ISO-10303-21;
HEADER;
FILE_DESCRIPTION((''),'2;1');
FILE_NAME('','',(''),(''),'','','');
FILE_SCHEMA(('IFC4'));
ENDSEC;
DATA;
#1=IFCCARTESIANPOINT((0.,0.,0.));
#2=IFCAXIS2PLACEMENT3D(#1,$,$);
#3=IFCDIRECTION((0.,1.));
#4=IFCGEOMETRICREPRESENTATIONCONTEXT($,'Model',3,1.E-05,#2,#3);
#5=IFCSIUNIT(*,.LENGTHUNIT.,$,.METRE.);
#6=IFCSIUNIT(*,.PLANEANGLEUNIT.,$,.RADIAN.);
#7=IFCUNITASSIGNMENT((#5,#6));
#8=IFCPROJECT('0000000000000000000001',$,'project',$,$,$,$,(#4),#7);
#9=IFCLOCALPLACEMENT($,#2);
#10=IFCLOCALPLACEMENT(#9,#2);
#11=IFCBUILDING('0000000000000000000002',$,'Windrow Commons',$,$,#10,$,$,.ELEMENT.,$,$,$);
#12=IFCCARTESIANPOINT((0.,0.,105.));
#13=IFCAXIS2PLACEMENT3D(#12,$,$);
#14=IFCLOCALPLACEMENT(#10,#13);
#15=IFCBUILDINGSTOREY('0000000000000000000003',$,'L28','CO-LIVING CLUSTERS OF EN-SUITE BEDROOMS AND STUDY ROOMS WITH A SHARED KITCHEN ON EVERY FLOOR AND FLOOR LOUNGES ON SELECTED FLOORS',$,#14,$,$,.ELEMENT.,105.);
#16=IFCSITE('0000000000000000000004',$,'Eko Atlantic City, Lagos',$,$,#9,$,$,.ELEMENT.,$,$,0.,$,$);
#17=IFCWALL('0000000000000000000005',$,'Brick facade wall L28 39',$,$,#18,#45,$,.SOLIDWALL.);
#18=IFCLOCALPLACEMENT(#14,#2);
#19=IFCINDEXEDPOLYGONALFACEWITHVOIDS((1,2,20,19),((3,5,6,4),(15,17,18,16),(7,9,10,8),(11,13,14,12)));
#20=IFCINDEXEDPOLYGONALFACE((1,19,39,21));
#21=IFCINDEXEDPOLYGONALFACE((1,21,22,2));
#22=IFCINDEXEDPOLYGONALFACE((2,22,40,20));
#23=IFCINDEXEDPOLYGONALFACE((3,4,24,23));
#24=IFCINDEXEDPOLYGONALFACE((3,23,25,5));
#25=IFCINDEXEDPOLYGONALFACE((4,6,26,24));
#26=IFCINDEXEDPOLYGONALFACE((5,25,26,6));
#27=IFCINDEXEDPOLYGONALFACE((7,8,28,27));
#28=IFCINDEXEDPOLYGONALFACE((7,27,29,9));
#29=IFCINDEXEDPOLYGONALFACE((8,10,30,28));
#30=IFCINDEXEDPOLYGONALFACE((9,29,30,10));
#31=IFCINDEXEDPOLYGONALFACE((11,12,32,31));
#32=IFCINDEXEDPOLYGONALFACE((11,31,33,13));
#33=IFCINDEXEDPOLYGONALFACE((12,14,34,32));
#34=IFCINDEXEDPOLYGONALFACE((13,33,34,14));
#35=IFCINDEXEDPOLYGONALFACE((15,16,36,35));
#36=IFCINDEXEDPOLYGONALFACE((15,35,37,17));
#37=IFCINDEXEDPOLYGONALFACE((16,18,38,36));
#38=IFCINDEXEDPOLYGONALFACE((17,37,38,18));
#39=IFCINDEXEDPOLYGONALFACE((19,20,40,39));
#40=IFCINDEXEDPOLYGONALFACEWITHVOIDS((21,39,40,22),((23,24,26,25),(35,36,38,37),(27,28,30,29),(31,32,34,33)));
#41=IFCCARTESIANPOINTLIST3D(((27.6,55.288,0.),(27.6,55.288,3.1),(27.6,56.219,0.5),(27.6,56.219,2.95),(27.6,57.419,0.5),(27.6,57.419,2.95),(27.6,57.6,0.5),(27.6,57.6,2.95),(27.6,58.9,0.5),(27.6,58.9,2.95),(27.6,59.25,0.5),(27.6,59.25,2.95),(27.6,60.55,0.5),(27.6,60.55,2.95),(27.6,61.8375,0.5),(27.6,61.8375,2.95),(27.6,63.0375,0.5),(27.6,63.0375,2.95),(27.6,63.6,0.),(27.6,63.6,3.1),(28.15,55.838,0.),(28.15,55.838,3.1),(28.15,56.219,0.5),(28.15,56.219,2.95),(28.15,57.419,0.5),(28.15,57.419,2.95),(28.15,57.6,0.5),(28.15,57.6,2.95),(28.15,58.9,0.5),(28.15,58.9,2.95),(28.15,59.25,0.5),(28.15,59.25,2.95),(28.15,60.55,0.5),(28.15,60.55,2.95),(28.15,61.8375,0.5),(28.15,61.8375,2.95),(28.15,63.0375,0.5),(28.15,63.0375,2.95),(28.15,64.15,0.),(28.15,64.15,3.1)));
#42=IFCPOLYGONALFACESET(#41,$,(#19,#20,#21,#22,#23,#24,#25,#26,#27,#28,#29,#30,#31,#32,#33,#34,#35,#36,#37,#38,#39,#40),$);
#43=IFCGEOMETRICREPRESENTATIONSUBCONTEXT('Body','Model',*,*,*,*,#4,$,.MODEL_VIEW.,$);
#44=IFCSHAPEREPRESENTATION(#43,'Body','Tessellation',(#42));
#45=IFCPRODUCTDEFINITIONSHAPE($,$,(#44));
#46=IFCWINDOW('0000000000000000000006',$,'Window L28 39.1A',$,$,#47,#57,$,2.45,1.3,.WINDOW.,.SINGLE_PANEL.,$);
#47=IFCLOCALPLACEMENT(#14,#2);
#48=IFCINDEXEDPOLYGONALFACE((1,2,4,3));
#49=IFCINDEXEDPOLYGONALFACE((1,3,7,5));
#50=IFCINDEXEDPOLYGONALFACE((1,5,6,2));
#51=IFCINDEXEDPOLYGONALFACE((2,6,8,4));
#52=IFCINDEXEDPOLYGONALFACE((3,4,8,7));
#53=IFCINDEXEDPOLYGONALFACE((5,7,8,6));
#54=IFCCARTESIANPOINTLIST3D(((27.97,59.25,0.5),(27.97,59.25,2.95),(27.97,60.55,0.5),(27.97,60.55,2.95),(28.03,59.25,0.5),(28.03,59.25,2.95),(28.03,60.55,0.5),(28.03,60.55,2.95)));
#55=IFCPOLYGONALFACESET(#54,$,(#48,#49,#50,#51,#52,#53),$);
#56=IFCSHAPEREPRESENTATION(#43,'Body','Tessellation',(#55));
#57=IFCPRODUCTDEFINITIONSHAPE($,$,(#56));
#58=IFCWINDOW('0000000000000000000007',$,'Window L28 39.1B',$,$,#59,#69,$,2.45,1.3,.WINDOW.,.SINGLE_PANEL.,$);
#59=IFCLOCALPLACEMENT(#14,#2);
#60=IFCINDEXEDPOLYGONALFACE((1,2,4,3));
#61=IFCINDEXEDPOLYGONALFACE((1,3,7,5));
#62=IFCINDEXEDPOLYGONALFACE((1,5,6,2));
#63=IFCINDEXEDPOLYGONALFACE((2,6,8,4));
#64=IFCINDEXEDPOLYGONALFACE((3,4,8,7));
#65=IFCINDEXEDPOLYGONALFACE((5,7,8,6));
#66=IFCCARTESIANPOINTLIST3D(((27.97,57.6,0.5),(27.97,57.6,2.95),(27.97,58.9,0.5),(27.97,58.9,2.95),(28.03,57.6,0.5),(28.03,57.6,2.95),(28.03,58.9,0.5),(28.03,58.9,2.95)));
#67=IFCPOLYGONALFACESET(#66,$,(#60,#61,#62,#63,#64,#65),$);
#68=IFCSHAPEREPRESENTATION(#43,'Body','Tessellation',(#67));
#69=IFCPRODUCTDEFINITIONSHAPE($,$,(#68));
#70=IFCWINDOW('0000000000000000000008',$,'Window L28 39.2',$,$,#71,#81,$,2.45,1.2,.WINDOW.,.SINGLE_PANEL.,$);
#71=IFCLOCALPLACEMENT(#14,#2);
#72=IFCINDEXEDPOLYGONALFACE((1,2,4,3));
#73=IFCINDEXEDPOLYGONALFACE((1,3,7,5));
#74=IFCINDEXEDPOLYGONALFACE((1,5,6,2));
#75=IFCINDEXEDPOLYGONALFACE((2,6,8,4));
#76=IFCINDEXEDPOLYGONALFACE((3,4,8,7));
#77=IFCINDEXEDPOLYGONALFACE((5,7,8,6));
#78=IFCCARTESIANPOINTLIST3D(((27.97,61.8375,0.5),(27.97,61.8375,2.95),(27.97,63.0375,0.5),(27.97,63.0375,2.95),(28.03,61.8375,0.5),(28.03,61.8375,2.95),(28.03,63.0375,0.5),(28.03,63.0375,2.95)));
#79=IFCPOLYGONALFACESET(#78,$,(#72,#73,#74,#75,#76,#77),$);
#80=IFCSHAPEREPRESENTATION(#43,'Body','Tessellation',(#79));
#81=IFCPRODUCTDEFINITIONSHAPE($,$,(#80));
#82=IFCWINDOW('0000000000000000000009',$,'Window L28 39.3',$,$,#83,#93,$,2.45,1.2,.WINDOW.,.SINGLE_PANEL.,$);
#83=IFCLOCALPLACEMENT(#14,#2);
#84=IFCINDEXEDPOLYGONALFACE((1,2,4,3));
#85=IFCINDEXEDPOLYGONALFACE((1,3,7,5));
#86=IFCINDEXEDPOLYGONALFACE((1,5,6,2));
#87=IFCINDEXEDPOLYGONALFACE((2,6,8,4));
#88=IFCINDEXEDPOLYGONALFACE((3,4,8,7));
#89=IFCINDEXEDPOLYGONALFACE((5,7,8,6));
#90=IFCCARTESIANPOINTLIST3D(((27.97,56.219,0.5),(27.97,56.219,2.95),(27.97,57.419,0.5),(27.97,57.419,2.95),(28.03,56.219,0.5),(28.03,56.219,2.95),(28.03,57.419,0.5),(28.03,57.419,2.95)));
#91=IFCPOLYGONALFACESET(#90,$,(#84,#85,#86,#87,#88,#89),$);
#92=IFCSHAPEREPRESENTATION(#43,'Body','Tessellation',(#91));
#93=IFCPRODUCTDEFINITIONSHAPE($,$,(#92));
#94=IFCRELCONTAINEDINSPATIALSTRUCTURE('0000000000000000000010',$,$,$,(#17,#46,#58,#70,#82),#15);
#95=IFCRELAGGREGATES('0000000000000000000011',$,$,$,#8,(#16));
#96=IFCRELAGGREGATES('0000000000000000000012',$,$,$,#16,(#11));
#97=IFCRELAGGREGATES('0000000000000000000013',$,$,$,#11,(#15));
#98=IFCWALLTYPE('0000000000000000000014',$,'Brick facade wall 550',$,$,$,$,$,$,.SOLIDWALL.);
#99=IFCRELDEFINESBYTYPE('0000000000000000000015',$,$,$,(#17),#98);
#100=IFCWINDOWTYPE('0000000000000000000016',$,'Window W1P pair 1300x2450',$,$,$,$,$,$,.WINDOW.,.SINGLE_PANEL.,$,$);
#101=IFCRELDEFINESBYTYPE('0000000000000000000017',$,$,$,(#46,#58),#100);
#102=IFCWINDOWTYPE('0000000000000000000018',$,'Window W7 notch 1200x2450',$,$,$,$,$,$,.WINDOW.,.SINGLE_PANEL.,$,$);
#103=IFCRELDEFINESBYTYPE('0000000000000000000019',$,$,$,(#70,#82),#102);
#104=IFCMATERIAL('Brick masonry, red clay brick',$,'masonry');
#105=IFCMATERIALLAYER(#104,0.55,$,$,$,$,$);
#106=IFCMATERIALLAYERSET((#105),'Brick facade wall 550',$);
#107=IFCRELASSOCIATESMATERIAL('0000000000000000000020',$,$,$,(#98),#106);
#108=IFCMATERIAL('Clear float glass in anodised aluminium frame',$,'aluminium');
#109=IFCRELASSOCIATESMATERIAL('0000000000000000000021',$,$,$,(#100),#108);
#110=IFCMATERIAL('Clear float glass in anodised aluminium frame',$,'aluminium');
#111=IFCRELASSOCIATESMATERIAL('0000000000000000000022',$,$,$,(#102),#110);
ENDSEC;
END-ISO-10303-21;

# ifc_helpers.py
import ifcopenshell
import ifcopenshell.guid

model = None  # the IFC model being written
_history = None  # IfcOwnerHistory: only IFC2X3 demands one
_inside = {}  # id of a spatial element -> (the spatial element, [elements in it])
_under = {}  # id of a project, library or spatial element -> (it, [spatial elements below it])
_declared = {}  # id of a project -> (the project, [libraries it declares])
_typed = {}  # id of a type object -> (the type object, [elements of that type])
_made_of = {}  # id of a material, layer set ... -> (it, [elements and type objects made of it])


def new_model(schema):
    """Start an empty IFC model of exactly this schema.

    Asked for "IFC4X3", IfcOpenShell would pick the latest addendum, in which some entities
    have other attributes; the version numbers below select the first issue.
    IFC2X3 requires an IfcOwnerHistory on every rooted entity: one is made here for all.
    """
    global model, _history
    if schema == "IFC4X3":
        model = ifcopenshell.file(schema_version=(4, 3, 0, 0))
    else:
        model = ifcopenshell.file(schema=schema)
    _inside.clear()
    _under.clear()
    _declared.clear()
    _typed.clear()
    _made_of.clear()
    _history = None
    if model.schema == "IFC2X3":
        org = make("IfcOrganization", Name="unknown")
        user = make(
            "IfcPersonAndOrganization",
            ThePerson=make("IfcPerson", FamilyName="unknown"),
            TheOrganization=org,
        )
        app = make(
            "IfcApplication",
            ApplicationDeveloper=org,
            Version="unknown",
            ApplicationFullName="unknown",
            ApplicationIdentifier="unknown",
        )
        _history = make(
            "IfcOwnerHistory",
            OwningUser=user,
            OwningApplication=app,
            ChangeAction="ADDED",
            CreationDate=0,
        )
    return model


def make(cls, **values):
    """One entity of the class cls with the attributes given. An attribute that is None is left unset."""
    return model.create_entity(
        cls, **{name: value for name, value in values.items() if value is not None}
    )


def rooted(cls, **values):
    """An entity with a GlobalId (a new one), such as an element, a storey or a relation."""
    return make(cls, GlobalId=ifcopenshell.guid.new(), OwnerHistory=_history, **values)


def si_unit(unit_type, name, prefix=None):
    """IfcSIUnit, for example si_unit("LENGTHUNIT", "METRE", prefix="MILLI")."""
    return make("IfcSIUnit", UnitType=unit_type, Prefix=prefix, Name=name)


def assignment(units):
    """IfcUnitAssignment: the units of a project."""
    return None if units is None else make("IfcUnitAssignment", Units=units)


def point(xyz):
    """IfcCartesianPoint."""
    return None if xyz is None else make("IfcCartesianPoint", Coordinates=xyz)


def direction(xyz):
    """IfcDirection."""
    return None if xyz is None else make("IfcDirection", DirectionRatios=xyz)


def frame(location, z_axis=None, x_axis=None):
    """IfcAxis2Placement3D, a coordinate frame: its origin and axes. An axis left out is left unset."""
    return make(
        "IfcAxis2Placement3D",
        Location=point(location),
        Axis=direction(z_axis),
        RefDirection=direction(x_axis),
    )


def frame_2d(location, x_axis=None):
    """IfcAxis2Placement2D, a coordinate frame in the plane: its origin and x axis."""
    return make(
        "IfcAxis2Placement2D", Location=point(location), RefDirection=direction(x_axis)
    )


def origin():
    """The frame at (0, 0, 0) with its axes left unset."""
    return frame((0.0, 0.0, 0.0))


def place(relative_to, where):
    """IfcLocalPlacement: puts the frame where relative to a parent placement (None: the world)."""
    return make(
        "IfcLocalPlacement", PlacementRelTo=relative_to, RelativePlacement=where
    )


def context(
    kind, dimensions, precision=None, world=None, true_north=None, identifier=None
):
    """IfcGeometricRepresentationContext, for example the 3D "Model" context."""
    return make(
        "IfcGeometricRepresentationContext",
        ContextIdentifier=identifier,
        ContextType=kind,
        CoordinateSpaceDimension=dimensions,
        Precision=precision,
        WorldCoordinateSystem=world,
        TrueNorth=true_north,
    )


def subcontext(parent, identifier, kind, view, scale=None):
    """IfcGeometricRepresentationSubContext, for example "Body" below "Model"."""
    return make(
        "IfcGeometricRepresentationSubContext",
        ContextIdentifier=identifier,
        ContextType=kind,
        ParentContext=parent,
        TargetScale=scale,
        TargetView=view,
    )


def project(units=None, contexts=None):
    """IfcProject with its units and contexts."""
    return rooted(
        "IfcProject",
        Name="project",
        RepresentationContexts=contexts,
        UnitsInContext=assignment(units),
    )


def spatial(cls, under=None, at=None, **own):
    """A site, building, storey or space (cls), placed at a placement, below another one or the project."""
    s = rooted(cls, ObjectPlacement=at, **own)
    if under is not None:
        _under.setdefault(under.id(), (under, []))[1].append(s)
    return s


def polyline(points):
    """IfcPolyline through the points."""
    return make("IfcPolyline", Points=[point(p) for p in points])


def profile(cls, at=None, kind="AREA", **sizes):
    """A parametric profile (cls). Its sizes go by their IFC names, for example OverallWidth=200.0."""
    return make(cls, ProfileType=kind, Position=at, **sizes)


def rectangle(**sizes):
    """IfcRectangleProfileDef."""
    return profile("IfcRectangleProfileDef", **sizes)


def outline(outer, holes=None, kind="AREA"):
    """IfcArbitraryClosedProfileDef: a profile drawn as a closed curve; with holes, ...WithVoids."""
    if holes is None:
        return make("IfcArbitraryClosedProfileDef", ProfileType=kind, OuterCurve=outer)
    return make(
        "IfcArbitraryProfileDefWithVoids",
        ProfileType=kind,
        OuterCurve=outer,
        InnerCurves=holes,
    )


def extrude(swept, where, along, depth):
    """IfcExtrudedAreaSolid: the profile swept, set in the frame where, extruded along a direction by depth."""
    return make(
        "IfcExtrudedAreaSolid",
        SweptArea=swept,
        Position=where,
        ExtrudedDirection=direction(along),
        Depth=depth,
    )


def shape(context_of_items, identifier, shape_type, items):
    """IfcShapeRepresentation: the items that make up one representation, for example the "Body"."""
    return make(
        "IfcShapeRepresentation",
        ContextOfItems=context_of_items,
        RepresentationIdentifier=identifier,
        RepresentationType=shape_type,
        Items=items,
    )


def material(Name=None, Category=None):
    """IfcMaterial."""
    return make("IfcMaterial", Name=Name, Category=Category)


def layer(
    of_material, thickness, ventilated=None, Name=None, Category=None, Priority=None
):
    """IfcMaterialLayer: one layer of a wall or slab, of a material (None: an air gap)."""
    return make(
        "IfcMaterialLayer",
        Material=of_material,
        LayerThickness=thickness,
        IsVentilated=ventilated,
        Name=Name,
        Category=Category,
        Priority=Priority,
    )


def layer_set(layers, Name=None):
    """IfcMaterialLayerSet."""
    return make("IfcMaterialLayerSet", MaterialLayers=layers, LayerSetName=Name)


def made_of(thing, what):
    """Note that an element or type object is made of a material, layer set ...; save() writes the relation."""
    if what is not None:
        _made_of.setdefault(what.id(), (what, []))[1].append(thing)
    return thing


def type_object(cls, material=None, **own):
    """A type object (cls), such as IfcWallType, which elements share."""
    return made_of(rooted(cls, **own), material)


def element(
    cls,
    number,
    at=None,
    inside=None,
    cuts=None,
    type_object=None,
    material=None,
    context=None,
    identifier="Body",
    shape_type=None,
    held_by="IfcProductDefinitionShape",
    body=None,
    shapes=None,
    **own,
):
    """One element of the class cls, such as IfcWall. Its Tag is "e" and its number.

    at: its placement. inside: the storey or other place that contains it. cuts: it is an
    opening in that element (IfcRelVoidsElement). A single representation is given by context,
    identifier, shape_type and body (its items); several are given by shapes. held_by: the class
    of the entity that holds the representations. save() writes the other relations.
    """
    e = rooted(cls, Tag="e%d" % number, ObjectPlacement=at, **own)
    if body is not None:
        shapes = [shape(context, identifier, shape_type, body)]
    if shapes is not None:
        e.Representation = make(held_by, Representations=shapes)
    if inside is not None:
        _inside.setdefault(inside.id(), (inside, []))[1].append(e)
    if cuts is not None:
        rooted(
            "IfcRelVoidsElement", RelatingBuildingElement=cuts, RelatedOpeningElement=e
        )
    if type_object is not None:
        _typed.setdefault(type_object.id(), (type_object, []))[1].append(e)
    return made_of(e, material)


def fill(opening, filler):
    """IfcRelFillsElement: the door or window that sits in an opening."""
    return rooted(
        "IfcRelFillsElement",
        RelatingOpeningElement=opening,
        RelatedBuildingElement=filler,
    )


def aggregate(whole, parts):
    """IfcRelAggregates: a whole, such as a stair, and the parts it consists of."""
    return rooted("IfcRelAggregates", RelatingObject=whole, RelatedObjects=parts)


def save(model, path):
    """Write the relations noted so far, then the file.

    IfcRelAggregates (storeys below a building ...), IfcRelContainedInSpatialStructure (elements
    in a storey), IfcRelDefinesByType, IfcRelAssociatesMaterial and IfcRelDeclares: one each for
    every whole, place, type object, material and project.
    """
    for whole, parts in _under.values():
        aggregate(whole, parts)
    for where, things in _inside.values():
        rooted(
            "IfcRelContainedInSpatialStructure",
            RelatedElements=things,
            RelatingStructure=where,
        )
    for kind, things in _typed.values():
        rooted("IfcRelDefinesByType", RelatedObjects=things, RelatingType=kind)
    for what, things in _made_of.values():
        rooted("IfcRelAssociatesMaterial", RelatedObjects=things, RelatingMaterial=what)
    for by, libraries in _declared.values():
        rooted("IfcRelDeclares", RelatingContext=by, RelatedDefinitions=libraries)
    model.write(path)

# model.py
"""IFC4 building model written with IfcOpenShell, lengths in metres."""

from ifc_helpers import new_model, si_unit, direction, frame, frame_2d, origin, place, context, subcontext, project, spatial, polyline, rectangle, outline, extrude, material, layer, layer_set, type_object, element, fill, save


model = new_model("IFC4")

# Units and contexts
model_context = context("Model", 3, precision=1e-05, world=origin(), true_north=direction((0.0, 1.0)))
body_context = subcontext(model_context, "Body", "Model", "MODEL_VIEW")
ifc_project = project(units=[si_unit("LENGTHUNIT", "METRE"), si_unit("PLANEANGLEUNIT", "RADIAN")], contexts=[model_context])

# Site, building, storey
site_placement = place(None, origin())
site = spatial("IfcSite", under=ifc_project, at=site_placement, Name="Eko Atlantic City, Lagos", CompositionType="ELEMENT", RefElevation=0.0)
building_placement = place(site_placement, origin())
building = spatial("IfcBuilding", under=site, at=building_placement, Name="Windrow Commons", CompositionType="ELEMENT")
storey_placement = place(building_placement, frame((0.0, 0.0, 105.0)))
storey = spatial("IfcBuildingStorey", under=building, at=storey_placement, Name="L28", Description="CO-LIVING CLUSTERS OF EN-SUITE BEDROOMS AND STUDY ROOMS WITH A SHARED KITCHEN ON EVERY FLOOR AND FLOOR LOUNGES ON SELECTED FLOORS", CompositionType="ELEMENT", Elevation=105.0)

# Wall, openings, windows
ifc_material_1 = material(Name="Brick masonry, red clay brick", Category="masonry")
ifc_layer_1 = layer(ifc_material_1, 0.55)
ifc_layer_set_1 = layer_set([ifc_layer_1], Name="Brick facade wall 550")
wall_type_1 = type_object("IfcWallType", Name="Brick facade wall 550", PredefinedType="SOLIDWALL", material=ifc_layer_set_1)
ifc_material_2 = material(Name="Clear float glass in anodised aluminium frame", Category="aluminium")
window_type_1 = type_object("IfcWindowType", Name="Window W1P pair 1300x2450", PartitioningType="SINGLE_PANEL", PredefinedType="WINDOW", material=ifc_material_2)
ifc_material_3 = material(Name="Clear float glass in anodised aluminium frame", Category="aluminium")
window_type_2 = type_object("IfcWindowType", Name="Window W7 notch 1200x2450", PartitioningType="SINGLE_PANEL", PredefinedType="WINDOW", material=ifc_material_3)
wall_1_placement = place(storey_placement, frame((27.875, 63.875, 0.0), z_axis=(0.0, 0.0, 1.0), x_axis=(0.0, -1.0, 0.0)))
wall_1 = element("IfcWall", 1, at=wall_1_placement, inside=storey, type_object=wall_type_1, Name="Brick facade wall L28 39", PredefinedType="SOLIDWALL", context=body_context, shape_type="SweptSolid", body=[
    extrude(outline(polyline([(0.275, -0.275), (8.587, -0.275), (8.037, 0.275), (-0.275, 0.275), (0.275, -0.275)])), origin(), (0.0, 0.0, 1.0), 3.1),
])
opening_1_placement = place(wall_1_placement, frame((3.325, 0.0, 0.5)))
opening_1 = element("IfcOpeningElement", 2, at=opening_1_placement, cuts=wall_1, PredefinedType="OPENING", context=body_context, shape_type="SweptSolid", body=[
    extrude(rectangle(XDim=1.3, YDim=2.45, at=frame_2d((0.65, 1.225))), frame((0.0, 0.285, 0.0), z_axis=(0.0, -1.0, 0.0), x_axis=(1.0, 0.0, 0.0)), (0.0, 0.0, 1.0), 0.57),
])
opening_2_placement = place(wall_1_placement, frame((4.975, 0.0, 0.5)))
opening_2 = element("IfcOpeningElement", 3, at=opening_2_placement, cuts=wall_1, PredefinedType="OPENING", context=body_context, shape_type="SweptSolid", body=[
    extrude(rectangle(XDim=1.3, YDim=2.45, at=frame_2d((0.65, 1.225))), frame((0.0, 0.285, 0.0), z_axis=(0.0, -1.0, 0.0), x_axis=(1.0, 0.0, 0.0)), (0.0, 0.0, 1.0), 0.57),
])
opening_3_placement = place(wall_1_placement, frame((0.8375, 0.0, 0.5)))
opening_3 = element("IfcOpeningElement", 4, at=opening_3_placement, cuts=wall_1, PredefinedType="OPENING", context=body_context, shape_type="SweptSolid", body=[
    extrude(rectangle(XDim=1.2, YDim=2.45, at=frame_2d((0.6, 1.225))), frame((0.0, 0.285, 0.0), z_axis=(0.0, -1.0, 0.0), x_axis=(1.0, 0.0, 0.0)), (0.0, 0.0, 1.0), 0.57),
])
opening_4_placement = place(wall_1_placement, frame((6.456, 0.0, 0.5)))
opening_4 = element("IfcOpeningElement", 5, at=opening_4_placement, cuts=wall_1, PredefinedType="OPENING", context=body_context, shape_type="SweptSolid", body=[
    extrude(rectangle(XDim=1.2, YDim=2.45, at=frame_2d((0.6, 1.225))), frame((0.0, 0.285, 0.0), z_axis=(0.0, -1.0, 0.0), x_axis=(1.0, 0.0, 0.0)), (0.0, 0.0, 1.0), 0.57),
])
window_1_placement = place(opening_1_placement, origin())
window_1 = element("IfcWindow", 6, at=window_1_placement, inside=storey, type_object=window_type_1, Name="Window L28 39.1A", OverallHeight=2.45, OverallWidth=1.3, PartitioningType="SINGLE_PANEL", PredefinedType="WINDOW", context=body_context, shape_type="SweptSolid", body=[
    extrude(rectangle(XDim=1.3, YDim=2.45, at=frame_2d((0.65, 1.225))), frame((0.0, 0.155, 0.0), z_axis=(0.0, -1.0, 0.0), x_axis=(1.0, 0.0, 0.0)), (0.0, 0.0, 1.0), 0.06),
])
fill(opening_1, window_1)
window_2_placement = place(opening_2_placement, origin())
window_2 = element("IfcWindow", 7, at=window_2_placement, inside=storey, type_object=window_type_1, Name="Window L28 39.1B", OverallHeight=2.45, OverallWidth=1.3, PartitioningType="SINGLE_PANEL", PredefinedType="WINDOW", context=body_context, shape_type="SweptSolid", body=[
    extrude(rectangle(XDim=1.3, YDim=2.45, at=frame_2d((0.65, 1.225))), frame((0.0, 0.155, 0.0), z_axis=(0.0, -1.0, 0.0), x_axis=(1.0, 0.0, 0.0)), (0.0, 0.0, 1.0), 0.06),
])
fill(opening_2, window_2)
window_3_placement = place(opening_3_placement, origin())
window_3 = element("IfcWindow", 8, at=window_3_placement, inside=storey, type_object=window_type_2, Name="Window L28 39.2", OverallHeight=2.45, OverallWidth=1.2, PartitioningType="SINGLE_PANEL", PredefinedType="WINDOW", context=body_context, shape_type="SweptSolid", body=[
    extrude(rectangle(XDim=1.2, YDim=2.45, at=frame_2d((0.6, 1.225))), frame((0.0, 0.155, 0.0), z_axis=(0.0, -1.0, 0.0), x_axis=(1.0, 0.0, 0.0)), (0.0, 0.0, 1.0), 0.06),
])
fill(opening_3, window_3)
window_4_placement = place(opening_4_placement, origin())
window_4 = element("IfcWindow", 9, at=window_4_placement, inside=storey, type_object=window_type_2, Name="Window L28 39.3", OverallHeight=2.45, OverallWidth=1.2, PartitioningType="SINGLE_PANEL", PredefinedType="WINDOW", context=body_context, shape_type="SweptSolid", body=[
    extrude(rectangle(XDim=1.2, YDim=2.45, at=frame_2d((0.6, 1.225))), frame((0.0, 0.155, 0.0), z_axis=(0.0, -1.0, 0.0), x_axis=(1.0, 0.0, 0.0)), (0.0, 0.0, 1.0), 0.06),
])
fill(opening_4, window_4)

save(model, "model.ifc")
